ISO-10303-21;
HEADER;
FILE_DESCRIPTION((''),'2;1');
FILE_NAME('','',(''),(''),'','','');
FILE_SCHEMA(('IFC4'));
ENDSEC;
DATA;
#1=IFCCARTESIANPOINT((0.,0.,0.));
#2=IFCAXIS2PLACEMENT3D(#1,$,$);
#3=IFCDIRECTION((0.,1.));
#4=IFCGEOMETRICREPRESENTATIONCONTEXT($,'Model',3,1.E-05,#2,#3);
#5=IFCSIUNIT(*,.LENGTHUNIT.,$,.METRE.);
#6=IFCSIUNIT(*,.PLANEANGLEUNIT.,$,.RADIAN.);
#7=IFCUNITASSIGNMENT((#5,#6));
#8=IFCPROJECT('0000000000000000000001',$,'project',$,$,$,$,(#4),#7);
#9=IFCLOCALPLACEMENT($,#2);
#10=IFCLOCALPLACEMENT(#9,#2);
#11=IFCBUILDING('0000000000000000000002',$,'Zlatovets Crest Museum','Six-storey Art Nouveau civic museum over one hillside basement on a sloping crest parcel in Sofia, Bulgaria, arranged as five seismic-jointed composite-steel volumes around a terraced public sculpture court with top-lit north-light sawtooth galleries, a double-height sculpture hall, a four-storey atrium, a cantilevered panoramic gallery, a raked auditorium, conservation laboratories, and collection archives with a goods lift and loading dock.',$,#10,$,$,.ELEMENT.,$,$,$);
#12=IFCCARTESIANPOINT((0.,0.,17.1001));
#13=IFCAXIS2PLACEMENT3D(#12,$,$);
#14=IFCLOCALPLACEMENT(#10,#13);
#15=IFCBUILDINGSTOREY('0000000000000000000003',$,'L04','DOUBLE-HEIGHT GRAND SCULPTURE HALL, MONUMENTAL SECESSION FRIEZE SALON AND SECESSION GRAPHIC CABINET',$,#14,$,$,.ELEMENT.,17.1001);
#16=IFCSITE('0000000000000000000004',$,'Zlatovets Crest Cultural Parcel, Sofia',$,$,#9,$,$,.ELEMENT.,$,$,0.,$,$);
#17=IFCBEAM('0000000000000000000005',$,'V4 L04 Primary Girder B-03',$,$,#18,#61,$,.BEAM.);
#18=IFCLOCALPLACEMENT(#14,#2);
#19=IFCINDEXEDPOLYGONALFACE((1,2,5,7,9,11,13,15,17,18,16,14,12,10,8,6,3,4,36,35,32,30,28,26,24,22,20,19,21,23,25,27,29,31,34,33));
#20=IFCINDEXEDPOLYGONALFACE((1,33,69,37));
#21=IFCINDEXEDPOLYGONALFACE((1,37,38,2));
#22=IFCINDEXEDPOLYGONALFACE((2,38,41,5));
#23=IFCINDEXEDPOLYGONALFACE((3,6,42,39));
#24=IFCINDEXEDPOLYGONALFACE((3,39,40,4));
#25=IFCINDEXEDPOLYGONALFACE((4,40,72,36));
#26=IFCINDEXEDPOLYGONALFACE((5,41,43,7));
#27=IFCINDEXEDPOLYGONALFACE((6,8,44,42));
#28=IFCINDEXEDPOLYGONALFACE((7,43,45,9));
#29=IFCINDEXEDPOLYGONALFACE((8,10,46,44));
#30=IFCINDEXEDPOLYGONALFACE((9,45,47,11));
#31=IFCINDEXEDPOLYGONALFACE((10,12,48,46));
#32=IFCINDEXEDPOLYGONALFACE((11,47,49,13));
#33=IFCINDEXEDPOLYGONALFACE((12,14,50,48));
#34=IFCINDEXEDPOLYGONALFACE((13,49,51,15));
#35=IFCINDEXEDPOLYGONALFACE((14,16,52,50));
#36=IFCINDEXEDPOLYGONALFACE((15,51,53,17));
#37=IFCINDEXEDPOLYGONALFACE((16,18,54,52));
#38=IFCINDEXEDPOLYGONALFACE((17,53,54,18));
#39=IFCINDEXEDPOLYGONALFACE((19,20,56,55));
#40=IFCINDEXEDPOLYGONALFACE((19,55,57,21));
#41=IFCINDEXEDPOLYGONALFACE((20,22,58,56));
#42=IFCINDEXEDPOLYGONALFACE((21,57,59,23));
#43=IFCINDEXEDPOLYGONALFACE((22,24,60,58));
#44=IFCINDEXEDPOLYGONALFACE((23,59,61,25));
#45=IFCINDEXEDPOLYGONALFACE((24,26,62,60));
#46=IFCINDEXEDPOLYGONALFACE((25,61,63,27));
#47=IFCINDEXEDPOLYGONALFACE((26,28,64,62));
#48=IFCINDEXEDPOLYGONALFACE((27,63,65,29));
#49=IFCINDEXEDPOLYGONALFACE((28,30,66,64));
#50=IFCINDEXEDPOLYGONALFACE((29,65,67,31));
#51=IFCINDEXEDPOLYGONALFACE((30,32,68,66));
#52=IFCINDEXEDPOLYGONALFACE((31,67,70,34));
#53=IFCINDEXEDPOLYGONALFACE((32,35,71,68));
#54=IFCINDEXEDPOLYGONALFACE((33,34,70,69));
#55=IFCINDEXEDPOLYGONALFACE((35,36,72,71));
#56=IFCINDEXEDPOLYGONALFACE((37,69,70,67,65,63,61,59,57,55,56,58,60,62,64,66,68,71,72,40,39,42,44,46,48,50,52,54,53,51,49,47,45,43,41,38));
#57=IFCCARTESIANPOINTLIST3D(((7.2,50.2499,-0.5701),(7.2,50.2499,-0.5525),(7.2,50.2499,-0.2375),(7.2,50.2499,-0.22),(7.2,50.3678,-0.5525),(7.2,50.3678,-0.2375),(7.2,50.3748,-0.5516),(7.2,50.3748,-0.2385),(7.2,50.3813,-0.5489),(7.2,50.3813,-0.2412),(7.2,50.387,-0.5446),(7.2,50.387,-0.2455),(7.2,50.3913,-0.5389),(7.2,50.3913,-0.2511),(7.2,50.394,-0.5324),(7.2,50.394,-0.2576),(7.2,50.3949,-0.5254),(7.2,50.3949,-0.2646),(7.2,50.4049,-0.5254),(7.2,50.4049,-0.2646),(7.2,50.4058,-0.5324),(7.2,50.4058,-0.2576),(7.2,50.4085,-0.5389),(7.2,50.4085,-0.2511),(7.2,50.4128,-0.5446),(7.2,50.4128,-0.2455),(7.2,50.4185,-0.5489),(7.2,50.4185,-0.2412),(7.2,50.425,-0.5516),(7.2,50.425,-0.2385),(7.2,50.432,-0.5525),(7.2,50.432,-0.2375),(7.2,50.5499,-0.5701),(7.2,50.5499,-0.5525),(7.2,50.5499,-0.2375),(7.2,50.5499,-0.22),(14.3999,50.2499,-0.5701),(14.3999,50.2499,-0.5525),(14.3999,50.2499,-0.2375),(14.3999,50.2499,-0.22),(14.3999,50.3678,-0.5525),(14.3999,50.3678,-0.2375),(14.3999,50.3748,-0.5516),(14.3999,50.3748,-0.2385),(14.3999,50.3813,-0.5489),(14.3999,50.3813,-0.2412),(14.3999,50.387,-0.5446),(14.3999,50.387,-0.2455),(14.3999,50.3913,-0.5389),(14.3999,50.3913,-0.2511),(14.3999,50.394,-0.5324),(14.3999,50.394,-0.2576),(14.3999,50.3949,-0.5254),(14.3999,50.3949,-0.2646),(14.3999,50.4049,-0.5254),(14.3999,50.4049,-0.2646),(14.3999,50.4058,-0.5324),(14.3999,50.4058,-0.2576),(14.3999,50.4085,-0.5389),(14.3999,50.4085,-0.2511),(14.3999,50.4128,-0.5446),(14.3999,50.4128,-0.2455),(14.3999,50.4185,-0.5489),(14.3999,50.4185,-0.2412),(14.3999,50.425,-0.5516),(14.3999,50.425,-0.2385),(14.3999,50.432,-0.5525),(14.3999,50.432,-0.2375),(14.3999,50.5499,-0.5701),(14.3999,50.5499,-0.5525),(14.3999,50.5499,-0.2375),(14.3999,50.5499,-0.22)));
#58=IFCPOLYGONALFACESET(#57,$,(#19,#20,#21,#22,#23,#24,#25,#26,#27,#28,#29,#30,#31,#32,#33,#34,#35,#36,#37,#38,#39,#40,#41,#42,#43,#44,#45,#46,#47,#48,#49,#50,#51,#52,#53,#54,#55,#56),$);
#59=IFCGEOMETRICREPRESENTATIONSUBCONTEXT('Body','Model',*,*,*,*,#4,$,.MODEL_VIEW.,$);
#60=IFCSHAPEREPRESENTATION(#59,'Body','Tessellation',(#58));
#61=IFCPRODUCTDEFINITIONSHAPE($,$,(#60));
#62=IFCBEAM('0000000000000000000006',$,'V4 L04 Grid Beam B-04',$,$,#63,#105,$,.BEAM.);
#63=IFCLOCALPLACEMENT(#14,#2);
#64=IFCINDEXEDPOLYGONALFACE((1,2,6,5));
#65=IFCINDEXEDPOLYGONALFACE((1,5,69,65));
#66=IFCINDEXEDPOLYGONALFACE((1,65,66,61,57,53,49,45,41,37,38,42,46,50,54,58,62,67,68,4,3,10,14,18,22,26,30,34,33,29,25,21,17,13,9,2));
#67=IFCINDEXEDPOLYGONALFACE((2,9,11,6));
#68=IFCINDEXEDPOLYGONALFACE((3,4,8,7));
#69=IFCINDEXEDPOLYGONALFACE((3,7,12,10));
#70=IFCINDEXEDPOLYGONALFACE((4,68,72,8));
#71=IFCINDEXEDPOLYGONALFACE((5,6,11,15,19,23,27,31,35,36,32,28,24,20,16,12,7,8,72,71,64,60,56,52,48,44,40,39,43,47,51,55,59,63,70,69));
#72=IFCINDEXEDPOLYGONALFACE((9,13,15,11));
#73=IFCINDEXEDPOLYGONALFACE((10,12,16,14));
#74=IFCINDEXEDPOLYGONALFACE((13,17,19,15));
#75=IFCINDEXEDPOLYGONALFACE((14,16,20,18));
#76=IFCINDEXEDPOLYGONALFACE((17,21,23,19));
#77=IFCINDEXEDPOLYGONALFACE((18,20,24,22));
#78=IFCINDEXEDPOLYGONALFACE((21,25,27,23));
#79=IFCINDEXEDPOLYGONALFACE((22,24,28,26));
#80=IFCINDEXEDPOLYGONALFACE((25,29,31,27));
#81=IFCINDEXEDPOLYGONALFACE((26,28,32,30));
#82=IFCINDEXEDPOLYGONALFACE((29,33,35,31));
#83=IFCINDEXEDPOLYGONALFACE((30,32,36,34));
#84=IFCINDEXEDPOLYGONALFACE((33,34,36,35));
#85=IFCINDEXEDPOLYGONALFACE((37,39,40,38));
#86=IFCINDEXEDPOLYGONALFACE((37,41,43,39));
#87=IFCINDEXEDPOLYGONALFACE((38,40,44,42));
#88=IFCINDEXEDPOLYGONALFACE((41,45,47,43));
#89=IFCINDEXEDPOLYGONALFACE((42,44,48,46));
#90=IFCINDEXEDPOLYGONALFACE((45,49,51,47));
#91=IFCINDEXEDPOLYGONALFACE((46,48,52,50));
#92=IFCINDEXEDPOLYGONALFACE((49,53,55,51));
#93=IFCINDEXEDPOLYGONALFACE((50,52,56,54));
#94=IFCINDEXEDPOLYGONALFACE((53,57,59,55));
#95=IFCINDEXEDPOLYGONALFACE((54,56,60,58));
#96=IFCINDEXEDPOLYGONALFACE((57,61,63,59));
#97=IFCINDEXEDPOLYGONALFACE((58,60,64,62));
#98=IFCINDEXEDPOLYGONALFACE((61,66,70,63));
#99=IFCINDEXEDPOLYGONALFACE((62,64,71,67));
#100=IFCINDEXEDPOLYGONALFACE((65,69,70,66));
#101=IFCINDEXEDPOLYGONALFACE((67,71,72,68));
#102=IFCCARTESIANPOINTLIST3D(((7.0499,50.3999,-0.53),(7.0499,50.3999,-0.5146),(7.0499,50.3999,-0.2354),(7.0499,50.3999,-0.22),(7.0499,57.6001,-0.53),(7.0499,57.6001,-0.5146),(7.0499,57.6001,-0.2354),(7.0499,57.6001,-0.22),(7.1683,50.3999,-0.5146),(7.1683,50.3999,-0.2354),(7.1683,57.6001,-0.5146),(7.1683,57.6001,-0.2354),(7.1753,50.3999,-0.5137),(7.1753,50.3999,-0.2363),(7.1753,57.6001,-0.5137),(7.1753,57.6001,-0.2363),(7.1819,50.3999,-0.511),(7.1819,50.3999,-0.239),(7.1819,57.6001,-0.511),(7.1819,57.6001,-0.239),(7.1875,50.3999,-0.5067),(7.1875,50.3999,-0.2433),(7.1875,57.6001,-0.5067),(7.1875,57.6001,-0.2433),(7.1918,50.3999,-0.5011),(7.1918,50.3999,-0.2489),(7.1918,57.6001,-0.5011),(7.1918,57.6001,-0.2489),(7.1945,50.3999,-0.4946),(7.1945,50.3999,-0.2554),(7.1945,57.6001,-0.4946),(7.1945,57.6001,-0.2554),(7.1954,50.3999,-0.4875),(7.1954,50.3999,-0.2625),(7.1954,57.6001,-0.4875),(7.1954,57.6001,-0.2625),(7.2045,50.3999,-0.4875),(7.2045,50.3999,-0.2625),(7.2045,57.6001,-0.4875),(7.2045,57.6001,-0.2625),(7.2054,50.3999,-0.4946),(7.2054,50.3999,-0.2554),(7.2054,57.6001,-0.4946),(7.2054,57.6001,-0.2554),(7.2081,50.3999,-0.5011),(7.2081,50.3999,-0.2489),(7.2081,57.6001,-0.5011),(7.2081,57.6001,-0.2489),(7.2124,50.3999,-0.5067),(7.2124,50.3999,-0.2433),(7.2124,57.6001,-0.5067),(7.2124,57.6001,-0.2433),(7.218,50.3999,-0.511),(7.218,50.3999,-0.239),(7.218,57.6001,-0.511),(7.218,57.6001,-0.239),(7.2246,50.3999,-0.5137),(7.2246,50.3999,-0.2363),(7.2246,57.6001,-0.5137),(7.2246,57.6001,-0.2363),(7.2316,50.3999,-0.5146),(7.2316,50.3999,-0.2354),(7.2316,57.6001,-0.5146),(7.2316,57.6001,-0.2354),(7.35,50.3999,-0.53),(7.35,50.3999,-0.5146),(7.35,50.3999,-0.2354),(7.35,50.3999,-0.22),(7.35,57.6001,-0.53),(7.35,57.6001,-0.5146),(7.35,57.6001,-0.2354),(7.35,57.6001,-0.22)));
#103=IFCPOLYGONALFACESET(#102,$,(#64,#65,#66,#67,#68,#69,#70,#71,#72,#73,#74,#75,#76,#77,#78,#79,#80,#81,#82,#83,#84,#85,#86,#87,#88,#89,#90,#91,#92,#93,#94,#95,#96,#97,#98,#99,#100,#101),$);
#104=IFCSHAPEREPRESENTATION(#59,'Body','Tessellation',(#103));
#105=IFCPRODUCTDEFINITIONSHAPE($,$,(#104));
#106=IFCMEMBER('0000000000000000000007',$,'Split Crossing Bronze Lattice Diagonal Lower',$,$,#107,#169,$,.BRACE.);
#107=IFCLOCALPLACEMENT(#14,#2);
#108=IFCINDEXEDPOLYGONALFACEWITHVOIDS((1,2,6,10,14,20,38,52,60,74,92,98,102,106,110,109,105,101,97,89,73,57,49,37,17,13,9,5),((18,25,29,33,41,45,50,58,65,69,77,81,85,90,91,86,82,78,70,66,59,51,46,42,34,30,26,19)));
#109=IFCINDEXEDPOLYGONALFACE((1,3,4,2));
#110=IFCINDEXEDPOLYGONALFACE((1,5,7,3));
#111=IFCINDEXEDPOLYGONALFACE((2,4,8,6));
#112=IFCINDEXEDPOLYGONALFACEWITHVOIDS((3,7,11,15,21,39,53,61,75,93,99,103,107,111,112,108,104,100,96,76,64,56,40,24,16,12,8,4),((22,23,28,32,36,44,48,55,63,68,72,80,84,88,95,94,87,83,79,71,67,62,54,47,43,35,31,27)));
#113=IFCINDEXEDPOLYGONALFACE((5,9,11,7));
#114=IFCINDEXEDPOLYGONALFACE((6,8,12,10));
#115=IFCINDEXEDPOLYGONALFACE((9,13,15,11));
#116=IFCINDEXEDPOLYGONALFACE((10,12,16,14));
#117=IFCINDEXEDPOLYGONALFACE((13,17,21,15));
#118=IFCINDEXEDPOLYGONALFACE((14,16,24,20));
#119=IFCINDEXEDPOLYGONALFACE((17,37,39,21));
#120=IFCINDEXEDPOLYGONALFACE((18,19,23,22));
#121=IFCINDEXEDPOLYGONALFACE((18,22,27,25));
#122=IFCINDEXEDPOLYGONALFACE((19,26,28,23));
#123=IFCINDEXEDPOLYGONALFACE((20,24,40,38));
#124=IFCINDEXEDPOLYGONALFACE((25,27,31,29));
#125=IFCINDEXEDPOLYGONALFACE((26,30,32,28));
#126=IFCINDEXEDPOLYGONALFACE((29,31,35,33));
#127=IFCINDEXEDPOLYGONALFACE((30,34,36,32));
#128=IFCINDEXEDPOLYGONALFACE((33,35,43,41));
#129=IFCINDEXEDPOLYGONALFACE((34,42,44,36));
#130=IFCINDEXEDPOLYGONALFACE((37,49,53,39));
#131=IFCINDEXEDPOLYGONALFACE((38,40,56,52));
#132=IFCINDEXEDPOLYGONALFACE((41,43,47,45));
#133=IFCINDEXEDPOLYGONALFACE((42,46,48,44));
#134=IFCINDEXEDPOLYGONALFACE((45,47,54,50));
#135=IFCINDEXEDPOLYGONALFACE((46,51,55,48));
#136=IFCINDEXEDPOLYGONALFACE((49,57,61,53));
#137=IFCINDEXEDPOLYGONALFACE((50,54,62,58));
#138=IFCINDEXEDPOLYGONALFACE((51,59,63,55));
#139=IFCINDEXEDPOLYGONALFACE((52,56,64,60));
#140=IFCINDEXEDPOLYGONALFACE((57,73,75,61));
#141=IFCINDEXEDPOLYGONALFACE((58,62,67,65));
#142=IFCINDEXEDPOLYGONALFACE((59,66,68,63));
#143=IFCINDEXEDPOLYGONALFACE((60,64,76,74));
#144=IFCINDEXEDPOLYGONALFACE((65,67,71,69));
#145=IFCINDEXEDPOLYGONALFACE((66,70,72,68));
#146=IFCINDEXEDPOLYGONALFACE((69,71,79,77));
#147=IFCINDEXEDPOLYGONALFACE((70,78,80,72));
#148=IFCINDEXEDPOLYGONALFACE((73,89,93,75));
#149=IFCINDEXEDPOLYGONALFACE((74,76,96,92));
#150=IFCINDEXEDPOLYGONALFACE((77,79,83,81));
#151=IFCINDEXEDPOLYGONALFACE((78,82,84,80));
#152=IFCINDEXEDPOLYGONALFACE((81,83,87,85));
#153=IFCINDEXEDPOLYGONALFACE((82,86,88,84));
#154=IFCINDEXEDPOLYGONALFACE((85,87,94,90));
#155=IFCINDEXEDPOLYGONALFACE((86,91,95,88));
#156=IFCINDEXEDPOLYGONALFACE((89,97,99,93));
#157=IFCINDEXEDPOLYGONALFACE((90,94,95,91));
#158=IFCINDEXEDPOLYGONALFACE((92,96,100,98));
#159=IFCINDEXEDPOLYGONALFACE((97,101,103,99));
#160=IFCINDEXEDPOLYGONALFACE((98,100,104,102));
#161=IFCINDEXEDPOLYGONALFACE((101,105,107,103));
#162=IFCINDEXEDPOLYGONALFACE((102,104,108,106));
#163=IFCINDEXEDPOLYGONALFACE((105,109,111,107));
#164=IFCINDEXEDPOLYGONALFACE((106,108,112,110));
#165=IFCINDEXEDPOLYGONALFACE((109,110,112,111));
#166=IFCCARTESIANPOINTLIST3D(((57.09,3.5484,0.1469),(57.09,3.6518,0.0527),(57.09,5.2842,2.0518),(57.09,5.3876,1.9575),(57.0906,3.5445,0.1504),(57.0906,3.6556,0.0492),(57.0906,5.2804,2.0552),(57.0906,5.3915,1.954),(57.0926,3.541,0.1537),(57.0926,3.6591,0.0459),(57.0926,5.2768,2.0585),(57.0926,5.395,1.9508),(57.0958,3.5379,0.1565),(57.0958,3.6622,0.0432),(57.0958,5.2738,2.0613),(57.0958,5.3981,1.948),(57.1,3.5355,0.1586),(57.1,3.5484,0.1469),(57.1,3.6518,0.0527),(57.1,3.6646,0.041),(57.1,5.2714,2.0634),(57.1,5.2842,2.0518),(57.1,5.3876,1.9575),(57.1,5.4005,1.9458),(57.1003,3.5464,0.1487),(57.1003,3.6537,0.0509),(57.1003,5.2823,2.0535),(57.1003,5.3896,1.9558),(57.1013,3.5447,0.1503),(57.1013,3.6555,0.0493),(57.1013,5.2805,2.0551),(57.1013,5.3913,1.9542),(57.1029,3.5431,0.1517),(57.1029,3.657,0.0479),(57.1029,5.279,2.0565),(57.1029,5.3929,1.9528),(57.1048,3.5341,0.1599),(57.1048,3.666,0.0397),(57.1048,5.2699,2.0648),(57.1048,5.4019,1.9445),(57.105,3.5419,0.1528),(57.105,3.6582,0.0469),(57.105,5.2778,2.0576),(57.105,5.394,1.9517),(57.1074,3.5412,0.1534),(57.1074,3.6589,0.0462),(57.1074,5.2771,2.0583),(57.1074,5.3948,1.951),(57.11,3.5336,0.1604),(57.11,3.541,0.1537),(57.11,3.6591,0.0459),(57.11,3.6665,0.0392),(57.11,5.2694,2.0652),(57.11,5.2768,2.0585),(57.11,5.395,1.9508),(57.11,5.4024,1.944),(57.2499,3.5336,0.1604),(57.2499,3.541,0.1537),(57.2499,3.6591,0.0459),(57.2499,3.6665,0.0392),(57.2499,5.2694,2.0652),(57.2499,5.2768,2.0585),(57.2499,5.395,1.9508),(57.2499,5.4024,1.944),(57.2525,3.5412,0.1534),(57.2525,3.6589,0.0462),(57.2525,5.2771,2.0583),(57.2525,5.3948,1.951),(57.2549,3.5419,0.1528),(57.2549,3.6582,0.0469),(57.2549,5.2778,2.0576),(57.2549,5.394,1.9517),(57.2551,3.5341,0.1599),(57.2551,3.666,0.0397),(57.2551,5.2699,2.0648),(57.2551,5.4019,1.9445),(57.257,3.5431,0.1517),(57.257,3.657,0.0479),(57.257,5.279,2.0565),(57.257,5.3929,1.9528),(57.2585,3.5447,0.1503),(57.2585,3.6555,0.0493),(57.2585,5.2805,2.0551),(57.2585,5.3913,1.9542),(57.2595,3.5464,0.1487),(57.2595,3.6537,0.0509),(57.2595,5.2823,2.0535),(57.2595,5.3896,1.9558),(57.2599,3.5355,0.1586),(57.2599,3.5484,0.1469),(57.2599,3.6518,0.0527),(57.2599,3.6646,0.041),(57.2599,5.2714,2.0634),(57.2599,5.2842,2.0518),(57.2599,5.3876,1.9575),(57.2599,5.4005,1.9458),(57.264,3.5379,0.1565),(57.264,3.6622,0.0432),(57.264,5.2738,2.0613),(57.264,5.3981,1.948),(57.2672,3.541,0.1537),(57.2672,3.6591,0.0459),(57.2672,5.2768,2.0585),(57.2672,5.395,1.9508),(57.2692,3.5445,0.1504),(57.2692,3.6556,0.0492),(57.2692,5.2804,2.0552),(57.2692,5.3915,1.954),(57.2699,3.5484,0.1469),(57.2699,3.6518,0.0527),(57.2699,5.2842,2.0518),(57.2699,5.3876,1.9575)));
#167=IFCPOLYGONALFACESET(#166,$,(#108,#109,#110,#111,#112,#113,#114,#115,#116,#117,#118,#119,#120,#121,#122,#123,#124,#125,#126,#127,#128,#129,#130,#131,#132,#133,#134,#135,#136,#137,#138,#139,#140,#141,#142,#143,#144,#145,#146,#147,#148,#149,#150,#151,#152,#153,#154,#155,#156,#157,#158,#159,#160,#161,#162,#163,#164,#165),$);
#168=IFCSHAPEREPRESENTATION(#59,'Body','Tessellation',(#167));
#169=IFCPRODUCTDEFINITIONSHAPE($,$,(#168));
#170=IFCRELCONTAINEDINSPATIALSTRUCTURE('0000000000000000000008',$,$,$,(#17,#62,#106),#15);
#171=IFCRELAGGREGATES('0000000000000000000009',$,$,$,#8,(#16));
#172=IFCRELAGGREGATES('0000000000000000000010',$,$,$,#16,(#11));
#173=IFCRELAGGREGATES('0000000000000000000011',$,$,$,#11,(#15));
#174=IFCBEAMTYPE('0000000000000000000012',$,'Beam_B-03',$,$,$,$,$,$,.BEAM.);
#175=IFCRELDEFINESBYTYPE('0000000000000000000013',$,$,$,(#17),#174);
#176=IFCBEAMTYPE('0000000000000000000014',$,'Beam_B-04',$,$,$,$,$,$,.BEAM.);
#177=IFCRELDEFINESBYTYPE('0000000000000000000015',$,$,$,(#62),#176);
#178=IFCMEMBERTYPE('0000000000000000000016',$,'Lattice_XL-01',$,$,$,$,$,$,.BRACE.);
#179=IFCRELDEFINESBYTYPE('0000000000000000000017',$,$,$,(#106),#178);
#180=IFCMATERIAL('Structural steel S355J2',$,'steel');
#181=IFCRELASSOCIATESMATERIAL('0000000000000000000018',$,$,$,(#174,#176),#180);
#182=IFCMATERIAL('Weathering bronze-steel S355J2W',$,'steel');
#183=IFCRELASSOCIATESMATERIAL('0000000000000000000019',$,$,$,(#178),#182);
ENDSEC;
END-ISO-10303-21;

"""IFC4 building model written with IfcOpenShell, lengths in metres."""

from ifc_helpers import new_model, si_unit, direction, frame, origin, origin_2d, place, context, subcontext, project, spatial, hollow_rectangle, i_section, extrude, material, material_profile, profile_set, type_object, element, save


model = new_model("IFC4")

# Units and contexts
model_context = context("Model", 3, precision=1e-05, world=origin(), true_north=direction((0.0, 1.0)))
body_context = subcontext(model_context, "Body", "Model", "MODEL_VIEW")
ifc_project = project(units=[si_unit("LENGTHUNIT", "METRE"), si_unit("PLANEANGLEUNIT", "RADIAN")], contexts=[model_context])

# Site, building, storey
site_placement = place(None, origin())
site = spatial("IfcSite", under=ifc_project, at=site_placement, Name="Zlatovets Crest Cultural Parcel, Sofia", CompositionType="ELEMENT", RefElevation=0.0)
building_placement = place(site_placement, origin())
building = spatial("IfcBuilding", under=site, at=building_placement, Name="Zlatovets Crest Museum", Description="Six-storey Art Nouveau civic museum over one hillside basement on a sloping crest parcel in Sofia, Bulgaria, arranged as five seismic-jointed composite-steel volumes around a terraced public sculpture court with top-lit north-light sawtooth galleries, a double-height sculpture hall, a four-storey atrium, a cantilevered panoramic gallery, a raked auditorium, conservation laboratories, and collection archives with a goods lift and loading dock.", CompositionType="ELEMENT")
storey_placement = place(building_placement, frame((0.0, 0.0, 17.1001)))
storey = spatial("IfcBuildingStorey", under=building, at=storey_placement, Name="L04", Description="DOUBLE-HEIGHT GRAND SCULPTURE HALL, MONUMENTAL SECESSION FRIEZE SALON AND SECESSION GRAPHIC CABINET", CompositionType="ELEMENT", Elevation=17.1001)

# Beams
ifc_material_1 = material(Name="Structural steel S355J2", Category="steel")
ifc_material_profile_1 = material_profile(ifc_material_1, i_section(OverallWidth=0.3, OverallDepth=0.3501, WebThickness=0.01, FlangeThickness=0.0176, FilletRadius=0.0271, at=origin_2d()), Name="HEA 360")
ifc_profile_set_1 = profile_set([ifc_material_profile_1], Name="Structural steel S355J2")
beam_type_1 = type_object("IfcBeamType", Name="Beam_B-03", PredefinedType="BEAM", material=ifc_profile_set_1)
beam_1_placement = place(storey_placement, frame((7.2, 50.3999, -0.395), z_axis=(1.0, 0.0, 0.0), x_axis=(0.0, 1.0, 0.0)))
element("IfcBeam", 1, at=beam_1_placement, inside=storey, type_object=beam_type_1, Name="V4 L04 Primary Girder B-03", PredefinedType="BEAM", context=body_context, shape_type="SweptSolid", body=[
    extrude(i_section(OverallWidth=0.3, OverallDepth=0.3501, WebThickness=0.01, FlangeThickness=0.0176, FilletRadius=0.0271, at=origin_2d()), origin(), (0.0, 0.0, 1.0), 7.2),
])
ifc_material_profile_2 = material_profile(ifc_material_1, i_section(OverallWidth=0.3, OverallDepth=0.3101, WebThickness=0.009, FlangeThickness=0.0154, FilletRadius=0.0271, at=origin_2d()), Name="HEA 320")
ifc_profile_set_2 = profile_set([ifc_material_profile_2], Name="Structural steel S355J2")
beam_type_2 = type_object("IfcBeamType", Name="Beam_B-04", PredefinedType="BEAM", material=ifc_profile_set_2)
beam_2_placement = place(storey_placement, frame((7.2, 50.3999, -0.375), z_axis=(0.0, 1.0, 0.0), x_axis=(-1.0, 0.0, 0.0)))
element("IfcBeam", 2, at=beam_2_placement, inside=storey, type_object=beam_type_2, Name="V4 L04 Grid Beam B-04", PredefinedType="BEAM", context=body_context, shape_type="SweptSolid", body=[
    extrude(i_section(OverallWidth=0.3, OverallDepth=0.3101, WebThickness=0.009, FlangeThickness=0.0154, FilletRadius=0.0271, at=origin_2d()), origin(), (0.0, 0.0, 1.0), 7.2002),
])

# Member
ifc_material_2 = material(Name="Weathering bronze-steel S355J2W", Category="steel")
ifc_material_profile_3 = material_profile(ifc_material_2, hollow_rectangle(XDim=0.1799, YDim=0.1799, WallThickness=0.01, InnerFilletRadius=0.01, OuterFilletRadius=0.02, at=origin_2d()), Name="SHS 180x180x10.0")
ifc_profile_set_3 = profile_set([ifc_material_profile_3], Name="Weathering bronze-steel S355J2W")
member_type_1 = type_object("IfcMemberType", Name="Lattice_XL-01", PredefinedType="BRACE", material=ifc_profile_set_3)
member_1_placement = place(storey_placement, frame((57.1799, 5.3359, 2.0046), z_axis=(0.0, -0.673568, -0.739125), x_axis=(1.0, 0.0, 0.0)))
element("IfcMember", 3, at=member_1_placement, inside=storey, type_object=member_type_1, Name="Split Crossing Bronze Lattice Diagonal Lower", PredefinedType="BRACE", context=body_context, shape_type="SweptSolid", body=[
    extrude(hollow_rectangle(XDim=0.1799, YDim=0.1799, WallThickness=0.01, InnerFilletRadius=0.01, OuterFilletRadius=0.02, at=origin_2d()), origin(), (0.0, 0.0, 1.0), 2.5771),
])

save(model, "model.ifc")
